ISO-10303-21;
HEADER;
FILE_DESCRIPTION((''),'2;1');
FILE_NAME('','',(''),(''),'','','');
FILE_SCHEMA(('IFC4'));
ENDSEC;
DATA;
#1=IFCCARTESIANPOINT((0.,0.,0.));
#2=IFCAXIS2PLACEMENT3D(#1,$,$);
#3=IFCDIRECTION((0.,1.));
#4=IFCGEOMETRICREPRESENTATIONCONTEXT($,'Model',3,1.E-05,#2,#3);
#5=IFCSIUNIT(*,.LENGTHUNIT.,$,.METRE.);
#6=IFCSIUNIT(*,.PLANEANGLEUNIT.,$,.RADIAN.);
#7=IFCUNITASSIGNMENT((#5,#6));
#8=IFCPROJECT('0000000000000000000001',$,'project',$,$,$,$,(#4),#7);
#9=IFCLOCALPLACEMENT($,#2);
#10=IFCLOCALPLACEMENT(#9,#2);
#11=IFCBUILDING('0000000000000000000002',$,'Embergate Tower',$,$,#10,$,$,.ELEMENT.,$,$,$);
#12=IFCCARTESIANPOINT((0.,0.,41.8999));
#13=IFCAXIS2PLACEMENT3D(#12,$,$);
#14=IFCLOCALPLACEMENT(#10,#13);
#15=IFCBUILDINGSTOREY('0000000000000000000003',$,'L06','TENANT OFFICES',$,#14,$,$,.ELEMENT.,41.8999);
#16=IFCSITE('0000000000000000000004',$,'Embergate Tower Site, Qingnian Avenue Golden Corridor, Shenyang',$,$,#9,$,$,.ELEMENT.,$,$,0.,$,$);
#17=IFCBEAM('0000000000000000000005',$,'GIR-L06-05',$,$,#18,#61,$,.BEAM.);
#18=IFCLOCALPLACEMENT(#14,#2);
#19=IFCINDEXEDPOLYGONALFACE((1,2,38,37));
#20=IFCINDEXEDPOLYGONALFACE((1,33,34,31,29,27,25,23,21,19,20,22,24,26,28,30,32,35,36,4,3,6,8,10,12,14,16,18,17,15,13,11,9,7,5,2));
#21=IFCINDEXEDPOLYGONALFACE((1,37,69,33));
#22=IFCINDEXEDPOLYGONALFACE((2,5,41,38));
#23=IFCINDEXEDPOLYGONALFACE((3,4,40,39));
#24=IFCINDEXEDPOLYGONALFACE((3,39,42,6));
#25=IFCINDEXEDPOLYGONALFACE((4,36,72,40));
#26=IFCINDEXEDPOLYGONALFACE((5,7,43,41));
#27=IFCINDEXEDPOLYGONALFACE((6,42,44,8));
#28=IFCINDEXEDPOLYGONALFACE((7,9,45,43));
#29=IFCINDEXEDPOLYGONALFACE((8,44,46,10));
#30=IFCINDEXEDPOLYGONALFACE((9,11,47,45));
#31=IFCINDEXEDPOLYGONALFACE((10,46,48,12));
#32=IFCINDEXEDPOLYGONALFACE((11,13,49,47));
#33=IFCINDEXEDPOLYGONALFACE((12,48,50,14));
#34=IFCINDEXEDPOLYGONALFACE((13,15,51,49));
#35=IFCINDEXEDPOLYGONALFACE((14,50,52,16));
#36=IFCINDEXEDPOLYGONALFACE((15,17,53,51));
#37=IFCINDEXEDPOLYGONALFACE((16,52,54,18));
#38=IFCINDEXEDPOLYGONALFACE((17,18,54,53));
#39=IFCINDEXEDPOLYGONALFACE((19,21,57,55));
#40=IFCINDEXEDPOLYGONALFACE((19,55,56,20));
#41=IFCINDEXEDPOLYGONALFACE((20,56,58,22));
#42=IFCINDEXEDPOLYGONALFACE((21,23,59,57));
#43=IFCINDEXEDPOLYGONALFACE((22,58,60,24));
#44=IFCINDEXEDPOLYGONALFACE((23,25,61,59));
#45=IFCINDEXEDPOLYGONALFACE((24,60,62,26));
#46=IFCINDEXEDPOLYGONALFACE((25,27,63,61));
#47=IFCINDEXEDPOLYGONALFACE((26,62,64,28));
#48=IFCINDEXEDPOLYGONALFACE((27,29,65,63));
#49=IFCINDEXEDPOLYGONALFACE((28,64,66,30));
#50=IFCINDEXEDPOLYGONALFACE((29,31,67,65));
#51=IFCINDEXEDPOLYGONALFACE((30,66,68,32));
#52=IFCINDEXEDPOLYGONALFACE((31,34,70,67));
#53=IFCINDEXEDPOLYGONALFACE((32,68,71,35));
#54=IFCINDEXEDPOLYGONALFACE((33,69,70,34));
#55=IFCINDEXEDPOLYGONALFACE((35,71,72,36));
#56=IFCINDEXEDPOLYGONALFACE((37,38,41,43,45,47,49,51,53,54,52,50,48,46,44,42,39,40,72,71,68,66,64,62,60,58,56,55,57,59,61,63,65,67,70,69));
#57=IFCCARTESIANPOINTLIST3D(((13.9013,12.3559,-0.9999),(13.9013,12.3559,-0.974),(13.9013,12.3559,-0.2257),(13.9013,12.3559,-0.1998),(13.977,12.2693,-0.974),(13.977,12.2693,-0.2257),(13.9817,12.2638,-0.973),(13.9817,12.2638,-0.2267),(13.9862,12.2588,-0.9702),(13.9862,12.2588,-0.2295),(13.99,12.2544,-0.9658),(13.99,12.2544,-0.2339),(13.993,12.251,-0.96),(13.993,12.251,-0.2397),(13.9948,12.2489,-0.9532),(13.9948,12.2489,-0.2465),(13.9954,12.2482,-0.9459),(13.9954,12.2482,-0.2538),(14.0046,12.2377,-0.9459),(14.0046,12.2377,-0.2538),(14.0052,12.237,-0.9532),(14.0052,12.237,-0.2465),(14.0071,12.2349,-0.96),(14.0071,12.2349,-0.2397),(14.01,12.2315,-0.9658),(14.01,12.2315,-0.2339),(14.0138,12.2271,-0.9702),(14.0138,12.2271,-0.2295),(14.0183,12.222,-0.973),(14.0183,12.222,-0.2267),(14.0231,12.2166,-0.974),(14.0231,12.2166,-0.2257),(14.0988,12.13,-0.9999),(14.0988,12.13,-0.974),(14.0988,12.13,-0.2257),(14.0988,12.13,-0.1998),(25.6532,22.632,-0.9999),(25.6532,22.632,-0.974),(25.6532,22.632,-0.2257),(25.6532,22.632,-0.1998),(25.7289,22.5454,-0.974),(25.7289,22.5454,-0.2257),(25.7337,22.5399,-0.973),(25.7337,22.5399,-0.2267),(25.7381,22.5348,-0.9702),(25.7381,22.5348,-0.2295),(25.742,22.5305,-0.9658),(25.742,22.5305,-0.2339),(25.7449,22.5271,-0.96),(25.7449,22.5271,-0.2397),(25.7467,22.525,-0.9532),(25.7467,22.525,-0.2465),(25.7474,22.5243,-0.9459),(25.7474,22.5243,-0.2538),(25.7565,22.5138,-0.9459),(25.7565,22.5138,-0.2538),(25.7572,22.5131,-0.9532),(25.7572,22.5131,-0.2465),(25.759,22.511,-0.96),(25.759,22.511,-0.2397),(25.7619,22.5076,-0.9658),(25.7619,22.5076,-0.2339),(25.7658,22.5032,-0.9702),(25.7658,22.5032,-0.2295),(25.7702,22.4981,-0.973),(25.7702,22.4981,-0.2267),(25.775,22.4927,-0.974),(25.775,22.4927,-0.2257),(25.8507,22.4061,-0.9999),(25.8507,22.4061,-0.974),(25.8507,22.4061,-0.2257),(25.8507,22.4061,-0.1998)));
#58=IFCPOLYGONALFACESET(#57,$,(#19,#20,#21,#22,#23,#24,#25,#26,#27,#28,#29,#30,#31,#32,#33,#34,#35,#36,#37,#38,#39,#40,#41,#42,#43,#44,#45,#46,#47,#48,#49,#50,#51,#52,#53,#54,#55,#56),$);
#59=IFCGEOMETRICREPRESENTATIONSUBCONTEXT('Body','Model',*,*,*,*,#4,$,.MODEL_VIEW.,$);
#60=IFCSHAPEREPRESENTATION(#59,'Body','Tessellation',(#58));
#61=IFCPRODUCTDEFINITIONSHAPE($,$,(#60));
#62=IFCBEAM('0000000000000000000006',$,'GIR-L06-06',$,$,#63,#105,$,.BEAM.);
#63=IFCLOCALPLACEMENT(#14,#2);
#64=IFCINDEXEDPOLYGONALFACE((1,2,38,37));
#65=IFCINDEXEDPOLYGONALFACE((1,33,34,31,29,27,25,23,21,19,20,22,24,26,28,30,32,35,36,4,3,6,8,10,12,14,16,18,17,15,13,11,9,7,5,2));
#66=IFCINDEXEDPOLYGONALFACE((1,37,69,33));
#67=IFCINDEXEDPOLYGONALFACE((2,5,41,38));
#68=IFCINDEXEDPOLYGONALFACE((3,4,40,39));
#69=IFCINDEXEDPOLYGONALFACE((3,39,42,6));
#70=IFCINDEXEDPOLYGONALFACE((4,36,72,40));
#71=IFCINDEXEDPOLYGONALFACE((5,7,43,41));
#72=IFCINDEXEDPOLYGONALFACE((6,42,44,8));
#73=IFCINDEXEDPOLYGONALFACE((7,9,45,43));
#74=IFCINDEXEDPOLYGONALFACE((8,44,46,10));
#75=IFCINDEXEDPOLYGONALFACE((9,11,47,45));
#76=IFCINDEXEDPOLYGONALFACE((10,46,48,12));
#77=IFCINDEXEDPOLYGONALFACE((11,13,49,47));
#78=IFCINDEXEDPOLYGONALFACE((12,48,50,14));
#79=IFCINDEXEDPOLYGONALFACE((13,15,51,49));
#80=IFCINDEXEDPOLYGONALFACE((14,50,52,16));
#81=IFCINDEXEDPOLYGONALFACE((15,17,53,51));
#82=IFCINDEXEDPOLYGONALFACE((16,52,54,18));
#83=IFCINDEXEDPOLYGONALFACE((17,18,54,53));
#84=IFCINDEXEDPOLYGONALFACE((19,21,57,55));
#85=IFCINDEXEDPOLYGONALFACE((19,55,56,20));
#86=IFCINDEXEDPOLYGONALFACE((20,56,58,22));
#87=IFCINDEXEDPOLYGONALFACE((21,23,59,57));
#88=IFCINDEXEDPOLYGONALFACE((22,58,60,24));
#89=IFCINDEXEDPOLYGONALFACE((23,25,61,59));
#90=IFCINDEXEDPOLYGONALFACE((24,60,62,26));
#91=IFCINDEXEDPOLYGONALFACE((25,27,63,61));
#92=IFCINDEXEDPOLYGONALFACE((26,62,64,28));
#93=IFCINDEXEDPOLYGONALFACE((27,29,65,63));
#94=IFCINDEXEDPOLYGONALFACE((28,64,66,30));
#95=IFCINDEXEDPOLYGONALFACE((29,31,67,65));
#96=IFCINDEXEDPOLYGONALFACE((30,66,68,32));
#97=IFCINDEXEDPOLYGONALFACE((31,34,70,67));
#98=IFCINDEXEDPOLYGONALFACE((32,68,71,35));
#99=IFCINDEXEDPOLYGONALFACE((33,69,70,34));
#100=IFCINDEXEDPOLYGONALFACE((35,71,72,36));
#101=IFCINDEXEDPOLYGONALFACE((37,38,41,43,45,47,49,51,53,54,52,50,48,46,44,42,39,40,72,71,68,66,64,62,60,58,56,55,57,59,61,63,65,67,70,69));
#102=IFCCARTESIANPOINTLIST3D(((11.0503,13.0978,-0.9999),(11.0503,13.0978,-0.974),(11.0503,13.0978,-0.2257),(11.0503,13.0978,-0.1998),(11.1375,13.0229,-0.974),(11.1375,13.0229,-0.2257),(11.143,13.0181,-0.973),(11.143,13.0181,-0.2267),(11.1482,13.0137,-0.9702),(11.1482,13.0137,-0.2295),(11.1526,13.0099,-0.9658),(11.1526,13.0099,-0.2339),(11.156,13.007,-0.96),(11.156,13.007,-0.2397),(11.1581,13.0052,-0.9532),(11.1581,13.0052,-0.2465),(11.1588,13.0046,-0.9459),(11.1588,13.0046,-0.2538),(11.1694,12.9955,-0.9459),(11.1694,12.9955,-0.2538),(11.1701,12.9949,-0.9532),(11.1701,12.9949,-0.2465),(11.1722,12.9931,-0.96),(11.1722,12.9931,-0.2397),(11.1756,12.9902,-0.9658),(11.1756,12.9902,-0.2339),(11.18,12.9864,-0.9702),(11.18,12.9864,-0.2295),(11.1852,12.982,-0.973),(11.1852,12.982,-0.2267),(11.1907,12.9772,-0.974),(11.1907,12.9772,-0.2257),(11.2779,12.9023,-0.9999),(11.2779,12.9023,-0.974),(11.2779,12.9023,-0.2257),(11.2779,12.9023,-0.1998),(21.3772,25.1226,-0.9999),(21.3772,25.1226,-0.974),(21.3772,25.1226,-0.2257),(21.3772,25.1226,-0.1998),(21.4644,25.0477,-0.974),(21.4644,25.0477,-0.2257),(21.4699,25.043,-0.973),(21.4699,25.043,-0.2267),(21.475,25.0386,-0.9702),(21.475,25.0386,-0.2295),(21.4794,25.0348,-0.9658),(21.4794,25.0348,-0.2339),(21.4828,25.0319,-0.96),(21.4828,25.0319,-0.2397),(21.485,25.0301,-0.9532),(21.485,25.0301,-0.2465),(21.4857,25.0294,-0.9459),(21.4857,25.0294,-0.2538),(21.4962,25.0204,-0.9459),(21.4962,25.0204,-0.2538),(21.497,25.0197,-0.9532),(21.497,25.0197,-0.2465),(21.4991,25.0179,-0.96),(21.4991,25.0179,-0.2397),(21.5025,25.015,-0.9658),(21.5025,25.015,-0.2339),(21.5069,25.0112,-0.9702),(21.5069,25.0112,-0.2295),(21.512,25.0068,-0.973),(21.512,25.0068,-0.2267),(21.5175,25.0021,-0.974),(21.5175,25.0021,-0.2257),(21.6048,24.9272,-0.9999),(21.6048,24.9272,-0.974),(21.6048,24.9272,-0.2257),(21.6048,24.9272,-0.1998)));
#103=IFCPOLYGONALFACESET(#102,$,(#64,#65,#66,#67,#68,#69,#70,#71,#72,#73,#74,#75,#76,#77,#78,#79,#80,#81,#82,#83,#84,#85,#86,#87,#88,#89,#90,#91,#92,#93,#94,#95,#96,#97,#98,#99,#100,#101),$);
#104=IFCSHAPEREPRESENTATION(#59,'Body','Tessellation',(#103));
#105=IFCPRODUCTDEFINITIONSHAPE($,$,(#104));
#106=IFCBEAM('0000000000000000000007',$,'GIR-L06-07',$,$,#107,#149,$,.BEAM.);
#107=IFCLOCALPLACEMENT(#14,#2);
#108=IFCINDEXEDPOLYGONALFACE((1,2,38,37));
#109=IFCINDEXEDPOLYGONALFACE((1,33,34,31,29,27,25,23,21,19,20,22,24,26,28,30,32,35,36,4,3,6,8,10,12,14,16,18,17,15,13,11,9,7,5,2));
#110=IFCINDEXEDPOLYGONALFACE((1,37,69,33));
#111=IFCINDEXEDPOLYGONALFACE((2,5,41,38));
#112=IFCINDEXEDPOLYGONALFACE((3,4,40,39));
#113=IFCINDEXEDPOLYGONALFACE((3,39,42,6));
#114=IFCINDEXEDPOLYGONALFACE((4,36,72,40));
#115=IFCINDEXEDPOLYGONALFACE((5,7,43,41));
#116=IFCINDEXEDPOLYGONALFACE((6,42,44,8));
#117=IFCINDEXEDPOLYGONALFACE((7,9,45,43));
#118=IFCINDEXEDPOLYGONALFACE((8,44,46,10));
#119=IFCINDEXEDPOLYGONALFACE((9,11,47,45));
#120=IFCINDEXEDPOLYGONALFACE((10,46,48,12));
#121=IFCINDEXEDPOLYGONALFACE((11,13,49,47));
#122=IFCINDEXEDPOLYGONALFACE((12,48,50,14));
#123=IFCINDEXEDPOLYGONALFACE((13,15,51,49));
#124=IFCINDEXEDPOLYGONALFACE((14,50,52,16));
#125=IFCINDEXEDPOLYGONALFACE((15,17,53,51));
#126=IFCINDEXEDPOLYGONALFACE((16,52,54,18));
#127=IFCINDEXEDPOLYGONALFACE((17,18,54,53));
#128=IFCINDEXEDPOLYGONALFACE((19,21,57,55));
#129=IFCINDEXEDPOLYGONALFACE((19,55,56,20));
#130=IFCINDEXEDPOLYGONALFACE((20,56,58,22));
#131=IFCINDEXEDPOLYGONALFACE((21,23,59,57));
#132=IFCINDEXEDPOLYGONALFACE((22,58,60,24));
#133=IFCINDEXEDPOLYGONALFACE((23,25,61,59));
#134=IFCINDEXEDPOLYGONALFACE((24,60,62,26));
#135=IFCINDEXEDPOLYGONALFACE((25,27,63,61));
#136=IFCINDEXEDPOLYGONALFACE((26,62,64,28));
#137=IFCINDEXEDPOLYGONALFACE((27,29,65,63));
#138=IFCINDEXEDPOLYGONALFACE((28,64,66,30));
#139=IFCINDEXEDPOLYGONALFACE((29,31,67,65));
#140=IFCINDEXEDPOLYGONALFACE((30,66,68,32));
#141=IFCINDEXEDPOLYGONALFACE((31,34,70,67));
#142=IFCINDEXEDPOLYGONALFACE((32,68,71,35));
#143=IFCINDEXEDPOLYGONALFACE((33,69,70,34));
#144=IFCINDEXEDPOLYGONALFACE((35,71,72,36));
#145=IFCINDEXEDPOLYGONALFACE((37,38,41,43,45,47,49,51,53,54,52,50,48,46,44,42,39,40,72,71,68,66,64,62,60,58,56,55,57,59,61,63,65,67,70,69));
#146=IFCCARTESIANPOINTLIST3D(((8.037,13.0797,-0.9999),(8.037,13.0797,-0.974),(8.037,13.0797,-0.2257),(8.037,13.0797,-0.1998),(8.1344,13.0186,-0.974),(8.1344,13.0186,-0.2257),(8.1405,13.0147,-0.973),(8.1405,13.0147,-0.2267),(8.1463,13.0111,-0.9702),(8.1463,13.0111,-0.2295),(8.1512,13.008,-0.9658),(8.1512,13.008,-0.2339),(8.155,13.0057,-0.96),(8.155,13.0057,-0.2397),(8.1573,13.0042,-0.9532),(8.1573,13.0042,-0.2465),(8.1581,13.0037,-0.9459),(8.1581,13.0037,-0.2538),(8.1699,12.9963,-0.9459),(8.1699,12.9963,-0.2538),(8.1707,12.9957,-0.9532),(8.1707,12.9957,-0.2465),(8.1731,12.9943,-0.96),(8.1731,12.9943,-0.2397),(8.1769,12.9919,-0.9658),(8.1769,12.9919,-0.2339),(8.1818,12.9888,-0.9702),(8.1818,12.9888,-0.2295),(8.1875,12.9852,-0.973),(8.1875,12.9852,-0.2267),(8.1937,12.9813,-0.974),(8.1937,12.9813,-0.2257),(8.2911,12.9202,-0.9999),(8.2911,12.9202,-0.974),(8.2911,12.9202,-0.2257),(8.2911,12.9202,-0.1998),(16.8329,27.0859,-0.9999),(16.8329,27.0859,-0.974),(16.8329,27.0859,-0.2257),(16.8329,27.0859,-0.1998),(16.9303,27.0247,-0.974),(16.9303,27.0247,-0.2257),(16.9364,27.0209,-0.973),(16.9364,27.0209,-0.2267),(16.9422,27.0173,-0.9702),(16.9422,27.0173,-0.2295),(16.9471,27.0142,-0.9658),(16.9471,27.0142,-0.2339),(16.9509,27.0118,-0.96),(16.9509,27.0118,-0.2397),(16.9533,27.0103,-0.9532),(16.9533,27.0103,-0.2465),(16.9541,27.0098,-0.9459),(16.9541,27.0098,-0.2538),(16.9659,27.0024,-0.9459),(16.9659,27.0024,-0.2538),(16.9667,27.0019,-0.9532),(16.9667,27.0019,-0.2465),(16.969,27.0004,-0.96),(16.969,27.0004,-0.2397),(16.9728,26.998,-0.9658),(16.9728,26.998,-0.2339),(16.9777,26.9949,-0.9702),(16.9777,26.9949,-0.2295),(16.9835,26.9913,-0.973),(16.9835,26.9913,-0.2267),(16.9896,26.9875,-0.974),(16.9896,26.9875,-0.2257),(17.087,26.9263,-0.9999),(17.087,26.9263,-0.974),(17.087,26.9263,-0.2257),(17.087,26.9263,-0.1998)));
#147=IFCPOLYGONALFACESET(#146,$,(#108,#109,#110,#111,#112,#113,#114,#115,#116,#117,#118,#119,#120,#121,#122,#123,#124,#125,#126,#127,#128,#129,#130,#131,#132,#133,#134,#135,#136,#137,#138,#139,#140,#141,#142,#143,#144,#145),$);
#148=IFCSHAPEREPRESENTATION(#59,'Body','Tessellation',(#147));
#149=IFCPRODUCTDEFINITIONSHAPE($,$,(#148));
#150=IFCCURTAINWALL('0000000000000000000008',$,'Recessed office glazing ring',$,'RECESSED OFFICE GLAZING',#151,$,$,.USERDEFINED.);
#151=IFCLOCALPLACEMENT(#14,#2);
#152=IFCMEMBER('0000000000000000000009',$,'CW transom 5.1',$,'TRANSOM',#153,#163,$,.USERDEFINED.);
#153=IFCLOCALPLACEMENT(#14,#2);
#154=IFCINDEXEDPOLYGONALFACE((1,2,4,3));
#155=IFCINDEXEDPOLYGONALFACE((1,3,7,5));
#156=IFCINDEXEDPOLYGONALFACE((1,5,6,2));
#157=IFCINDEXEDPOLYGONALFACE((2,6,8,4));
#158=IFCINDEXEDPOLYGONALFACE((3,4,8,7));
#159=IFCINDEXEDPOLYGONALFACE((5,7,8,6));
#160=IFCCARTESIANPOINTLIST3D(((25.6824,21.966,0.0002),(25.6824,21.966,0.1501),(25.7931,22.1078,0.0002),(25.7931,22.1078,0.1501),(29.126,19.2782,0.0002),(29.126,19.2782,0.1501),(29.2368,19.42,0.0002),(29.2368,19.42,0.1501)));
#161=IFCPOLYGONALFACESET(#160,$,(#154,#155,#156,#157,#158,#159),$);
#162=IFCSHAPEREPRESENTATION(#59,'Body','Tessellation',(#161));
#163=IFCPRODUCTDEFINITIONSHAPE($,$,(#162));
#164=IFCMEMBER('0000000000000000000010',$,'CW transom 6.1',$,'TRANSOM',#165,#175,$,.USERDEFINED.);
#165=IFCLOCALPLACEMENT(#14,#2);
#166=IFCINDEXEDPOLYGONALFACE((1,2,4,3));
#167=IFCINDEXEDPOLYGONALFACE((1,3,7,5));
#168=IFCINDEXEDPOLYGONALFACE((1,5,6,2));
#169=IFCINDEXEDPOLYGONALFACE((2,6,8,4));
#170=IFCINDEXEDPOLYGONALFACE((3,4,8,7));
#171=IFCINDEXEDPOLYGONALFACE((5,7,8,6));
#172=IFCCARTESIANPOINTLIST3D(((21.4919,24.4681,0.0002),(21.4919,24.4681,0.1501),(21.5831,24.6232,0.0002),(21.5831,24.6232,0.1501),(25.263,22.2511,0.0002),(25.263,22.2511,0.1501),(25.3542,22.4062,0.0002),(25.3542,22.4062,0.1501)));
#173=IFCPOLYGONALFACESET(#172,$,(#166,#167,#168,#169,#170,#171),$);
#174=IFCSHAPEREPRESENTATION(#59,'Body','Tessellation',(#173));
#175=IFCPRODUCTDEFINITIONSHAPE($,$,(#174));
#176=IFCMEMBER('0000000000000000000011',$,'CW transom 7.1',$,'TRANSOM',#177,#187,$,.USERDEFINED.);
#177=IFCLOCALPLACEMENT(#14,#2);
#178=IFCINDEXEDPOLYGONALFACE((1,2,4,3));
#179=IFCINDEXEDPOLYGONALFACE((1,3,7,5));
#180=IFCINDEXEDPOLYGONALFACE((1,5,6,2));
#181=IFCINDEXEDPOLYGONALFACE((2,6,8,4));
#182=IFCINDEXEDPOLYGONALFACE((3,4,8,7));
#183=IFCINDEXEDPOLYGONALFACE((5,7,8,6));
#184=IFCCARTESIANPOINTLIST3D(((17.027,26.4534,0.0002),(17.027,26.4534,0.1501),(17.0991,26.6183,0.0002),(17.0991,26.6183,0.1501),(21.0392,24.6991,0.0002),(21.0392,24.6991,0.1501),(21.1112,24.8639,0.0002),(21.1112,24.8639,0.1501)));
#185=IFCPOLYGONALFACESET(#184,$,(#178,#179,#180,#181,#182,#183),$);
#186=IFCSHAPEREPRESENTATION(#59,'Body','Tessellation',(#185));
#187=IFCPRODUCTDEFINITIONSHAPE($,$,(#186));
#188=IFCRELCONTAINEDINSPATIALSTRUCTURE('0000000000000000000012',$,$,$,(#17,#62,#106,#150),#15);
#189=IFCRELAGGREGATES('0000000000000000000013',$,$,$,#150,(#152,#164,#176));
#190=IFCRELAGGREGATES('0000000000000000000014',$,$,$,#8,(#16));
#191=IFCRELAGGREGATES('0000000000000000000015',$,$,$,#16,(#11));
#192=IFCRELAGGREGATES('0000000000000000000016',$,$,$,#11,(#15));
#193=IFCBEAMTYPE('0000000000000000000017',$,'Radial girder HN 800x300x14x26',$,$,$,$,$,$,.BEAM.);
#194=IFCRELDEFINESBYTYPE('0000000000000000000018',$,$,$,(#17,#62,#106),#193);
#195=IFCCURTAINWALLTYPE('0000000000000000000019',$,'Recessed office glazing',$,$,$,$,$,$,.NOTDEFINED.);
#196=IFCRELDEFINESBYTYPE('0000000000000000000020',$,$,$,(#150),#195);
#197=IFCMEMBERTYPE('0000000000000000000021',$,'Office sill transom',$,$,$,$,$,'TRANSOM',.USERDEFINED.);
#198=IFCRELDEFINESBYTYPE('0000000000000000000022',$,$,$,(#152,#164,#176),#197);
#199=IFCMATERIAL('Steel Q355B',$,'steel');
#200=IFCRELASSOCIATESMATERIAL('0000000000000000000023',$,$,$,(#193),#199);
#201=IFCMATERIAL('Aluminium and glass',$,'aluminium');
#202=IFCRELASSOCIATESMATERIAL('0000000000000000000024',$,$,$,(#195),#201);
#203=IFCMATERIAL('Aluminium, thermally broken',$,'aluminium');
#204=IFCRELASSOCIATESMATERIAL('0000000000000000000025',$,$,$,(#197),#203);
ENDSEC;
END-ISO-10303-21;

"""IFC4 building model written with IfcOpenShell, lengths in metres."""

from ifc_helpers import new_model, si_unit, direction, frame, origin, origin_2d, place, context, subcontext, project, spatial, rectangle, i_section, extrude, source, transform, mapped, material, material_profile, profile_set, type_object, element, aggregate, save


model = new_model("IFC4")

# Units and contexts
model_context = context("Model", 3, precision=1e-05, world=origin(), true_north=direction((0.0, 1.0)))
body_context = subcontext(model_context, "Body", "Model", "MODEL_VIEW")
ifc_project = project(units=[si_unit("LENGTHUNIT", "METRE"), si_unit("PLANEANGLEUNIT", "RADIAN")], contexts=[model_context])

# Site, building, storey
site_placement = place(None, origin())
site = spatial("IfcSite", under=ifc_project, at=site_placement, Name="Embergate Tower Site, Qingnian Avenue Golden Corridor, Shenyang", CompositionType="ELEMENT", RefElevation=0.0)
building_placement = place(site_placement, origin())
building = spatial("IfcBuilding", under=site, at=building_placement, Name="Embergate Tower", CompositionType="ELEMENT")
storey_placement = place(building_placement, frame((0.0, 0.0, 41.8999)))
storey = spatial("IfcBuildingStorey", under=building, at=storey_placement, Name="L06", Description="TENANT OFFICES", CompositionType="ELEMENT", Elevation=41.8999)

# Beams
ifc_material_1 = material(Name="Steel Q355B", Category="steel")
ifc_material_profile_1 = material_profile(ifc_material_1, i_section(OverallWidth=0.3, OverallDepth=0.8, WebThickness=0.0139, FlangeThickness=0.0259, FilletRadius=0.0281, at=origin_2d()), Name="HN 800x300x14x26")
ifc_profile_set_1 = profile_set([ifc_material_profile_1], Name="Steel Q355 grade B")
beam_type_1 = type_object("IfcBeamType", Name="Radial girder HN 800x300x14x26", PredefinedType="BEAM", material=ifc_profile_set_1)
shared_shape_1 = source(origin(), body_context, "Body", "SweptSolid", [
    extrude(i_section(OverallWidth=0.3, OverallDepth=0.8, WebThickness=0.0139, FlangeThickness=0.0259, FilletRadius=0.0281, at=origin_2d()), origin(), (0.0, 0.0, 1.0), 15.6111),
])
beam_1_placement = place(storey_placement, frame((25.752, 22.519, -0.5999), z_axis=(-0.752794, -0.658257, 0.0), x_axis=(0.658257, -0.752794, 0.0)))
element("IfcBeam", 1, at=beam_1_placement, inside=storey, type_object=beam_type_1, Name="GIR-L06-05", PredefinedType="BEAM", context=body_context, shape_type="MappedRepresentation", body=[
    mapped(shared_shape_1, transform((0.0, 0.0, 0.0))),
])
shared_shape_2 = source(origin(), body_context, "Body", "SweptSolid", [
    extrude(i_section(OverallWidth=0.3, OverallDepth=0.8, WebThickness=0.0139, FlangeThickness=0.0259, FilletRadius=0.0281, at=origin_2d()), origin(), (0.0, 0.0, 1.0), 15.8506),
])
beam_2_placement = place(storey_placement, frame((21.491, 25.0249, -0.5999), z_axis=(-0.651513, -0.758638, 0.0), x_axis=(0.758638, -0.651513, 0.0)))
element("IfcBeam", 2, at=beam_2_placement, inside=storey, type_object=beam_type_1, Name="GIR-L06-06", PredefinedType="BEAM", context=body_context, shape_type="MappedRepresentation", body=[
    mapped(shared_shape_2, transform((0.0, 0.0, 0.0))),
])
shared_shape_3 = source(origin(), body_context, "Body", "SweptSolid", [
    extrude(i_section(OverallWidth=0.3, OverallDepth=0.8, WebThickness=0.0139, FlangeThickness=0.0259, FilletRadius=0.0281, at=origin_2d()), origin(), (0.0, 0.0, 1.0), 16.5391),
])
beam_3_placement = place(storey_placement, frame((16.96, 27.0061, -0.5999), z_axis=(-0.531827, -0.846853, 0.0), x_axis=(0.846853, -0.531827, 0.0)))
element("IfcBeam", 3, at=beam_3_placement, inside=storey, type_object=beam_type_1, Name="GIR-L06-07", PredefinedType="BEAM", context=body_context, shape_type="MappedRepresentation", body=[
    mapped(shared_shape_3, transform((0.0, 0.0, 0.0))),
])

# Curtain wall, members
ifc_material_2 = material(Name="Aluminium and glass", Category="aluminium")
curtain_wall_type = type_object("IfcCurtainWallType", Name="Recessed office glazing", PredefinedType="NOTDEFINED", material=ifc_material_2)
curtain_wall_placement = place(storey_placement, origin())
curtain_wall = element("IfcCurtainWall", 4, at=curtain_wall_placement, inside=storey, type_object=curtain_wall_type, Name="Recessed office glazing ring", ObjectType="RECESSED OFFICE GLAZING", PredefinedType="USERDEFINED")
ifc_material_3 = material(Name="Aluminium, thermally broken", Category="aluminium")
ifc_material_profile_2 = material_profile(ifc_material_3, rectangle(XDim=0.1799, YDim=0.1499, at=origin_2d()), Name="AL 150x180")
ifc_profile_set_2 = profile_set([ifc_material_profile_2], Name="Aluminium, thermally broken")
member_type_1 = type_object("IfcMemberType", Name="Office sill transom", ElementType="TRANSOM", PredefinedType="USERDEFINED", material=ifc_profile_set_2)
shared_shape_4 = source(origin(), body_context, "Body", "SweptSolid", [
    extrude(rectangle(XDim=0.1799, YDim=0.1499, at=origin_2d()), origin(), (0.0, 0.0, 1.0), 4.3684),
])
member_1_placement = place(storey_placement, frame((29.1814, 19.3491, 0.0752), z_axis=(-0.78831, 0.615278, 0.0), x_axis=(-0.615278, -0.78831, 0.0)))
member_1 = element("IfcMember", 5, at=member_1_placement, type_object=member_type_1, Name="CW transom 5.1", ObjectType="TRANSOM", PredefinedType="USERDEFINED", context=body_context, shape_type="MappedRepresentation", body=[
    mapped(shared_shape_4, transform((0.0, 0.0, 0.0))),
])
shared_shape_5 = source(origin(), body_context, "Body", "SweptSolid", [
    extrude(rectangle(XDim=0.1799, YDim=0.1499, at=origin_2d()), origin(), (0.0, 0.0, 1.0), 4.3745),
])
member_2_placement = place(storey_placement, frame((25.3086, 22.3286, 0.0752), z_axis=(-0.862053, 0.506818, 0.0), x_axis=(-0.506818, -0.862053, 0.0)))
member_2 = element("IfcMember", 6, at=member_2_placement, type_object=member_type_1, Name="CW transom 6.1", ObjectType="TRANSOM", PredefinedType="USERDEFINED", context=body_context, shape_type="MappedRepresentation", body=[
    mapped(shared_shape_5, transform((0.0, 0.0, 0.0))),
])
shared_shape_6 = source(origin(), body_context, "Body", "SweptSolid", [
    extrude(rectangle(XDim=0.1799, YDim=0.1499, at=origin_2d()), origin(), (0.0, 0.0, 1.0), 4.3789),
])
member_3_placement = place(storey_placement, frame((21.0752, 24.7815, 0.0752), z_axis=(-0.916237, 0.400637, 0.0), x_axis=(-0.400637, -0.916237, 0.0)))
member_3 = element("IfcMember", 7, at=member_3_placement, type_object=member_type_1, Name="CW transom 7.1", ObjectType="TRANSOM", PredefinedType="USERDEFINED", context=body_context, shape_type="MappedRepresentation", body=[
    mapped(shared_shape_6, transform((0.0, 0.0, 0.0))),
])
aggregate(curtain_wall, [member_1, member_2, member_3])

save(model, "model.ifc")
